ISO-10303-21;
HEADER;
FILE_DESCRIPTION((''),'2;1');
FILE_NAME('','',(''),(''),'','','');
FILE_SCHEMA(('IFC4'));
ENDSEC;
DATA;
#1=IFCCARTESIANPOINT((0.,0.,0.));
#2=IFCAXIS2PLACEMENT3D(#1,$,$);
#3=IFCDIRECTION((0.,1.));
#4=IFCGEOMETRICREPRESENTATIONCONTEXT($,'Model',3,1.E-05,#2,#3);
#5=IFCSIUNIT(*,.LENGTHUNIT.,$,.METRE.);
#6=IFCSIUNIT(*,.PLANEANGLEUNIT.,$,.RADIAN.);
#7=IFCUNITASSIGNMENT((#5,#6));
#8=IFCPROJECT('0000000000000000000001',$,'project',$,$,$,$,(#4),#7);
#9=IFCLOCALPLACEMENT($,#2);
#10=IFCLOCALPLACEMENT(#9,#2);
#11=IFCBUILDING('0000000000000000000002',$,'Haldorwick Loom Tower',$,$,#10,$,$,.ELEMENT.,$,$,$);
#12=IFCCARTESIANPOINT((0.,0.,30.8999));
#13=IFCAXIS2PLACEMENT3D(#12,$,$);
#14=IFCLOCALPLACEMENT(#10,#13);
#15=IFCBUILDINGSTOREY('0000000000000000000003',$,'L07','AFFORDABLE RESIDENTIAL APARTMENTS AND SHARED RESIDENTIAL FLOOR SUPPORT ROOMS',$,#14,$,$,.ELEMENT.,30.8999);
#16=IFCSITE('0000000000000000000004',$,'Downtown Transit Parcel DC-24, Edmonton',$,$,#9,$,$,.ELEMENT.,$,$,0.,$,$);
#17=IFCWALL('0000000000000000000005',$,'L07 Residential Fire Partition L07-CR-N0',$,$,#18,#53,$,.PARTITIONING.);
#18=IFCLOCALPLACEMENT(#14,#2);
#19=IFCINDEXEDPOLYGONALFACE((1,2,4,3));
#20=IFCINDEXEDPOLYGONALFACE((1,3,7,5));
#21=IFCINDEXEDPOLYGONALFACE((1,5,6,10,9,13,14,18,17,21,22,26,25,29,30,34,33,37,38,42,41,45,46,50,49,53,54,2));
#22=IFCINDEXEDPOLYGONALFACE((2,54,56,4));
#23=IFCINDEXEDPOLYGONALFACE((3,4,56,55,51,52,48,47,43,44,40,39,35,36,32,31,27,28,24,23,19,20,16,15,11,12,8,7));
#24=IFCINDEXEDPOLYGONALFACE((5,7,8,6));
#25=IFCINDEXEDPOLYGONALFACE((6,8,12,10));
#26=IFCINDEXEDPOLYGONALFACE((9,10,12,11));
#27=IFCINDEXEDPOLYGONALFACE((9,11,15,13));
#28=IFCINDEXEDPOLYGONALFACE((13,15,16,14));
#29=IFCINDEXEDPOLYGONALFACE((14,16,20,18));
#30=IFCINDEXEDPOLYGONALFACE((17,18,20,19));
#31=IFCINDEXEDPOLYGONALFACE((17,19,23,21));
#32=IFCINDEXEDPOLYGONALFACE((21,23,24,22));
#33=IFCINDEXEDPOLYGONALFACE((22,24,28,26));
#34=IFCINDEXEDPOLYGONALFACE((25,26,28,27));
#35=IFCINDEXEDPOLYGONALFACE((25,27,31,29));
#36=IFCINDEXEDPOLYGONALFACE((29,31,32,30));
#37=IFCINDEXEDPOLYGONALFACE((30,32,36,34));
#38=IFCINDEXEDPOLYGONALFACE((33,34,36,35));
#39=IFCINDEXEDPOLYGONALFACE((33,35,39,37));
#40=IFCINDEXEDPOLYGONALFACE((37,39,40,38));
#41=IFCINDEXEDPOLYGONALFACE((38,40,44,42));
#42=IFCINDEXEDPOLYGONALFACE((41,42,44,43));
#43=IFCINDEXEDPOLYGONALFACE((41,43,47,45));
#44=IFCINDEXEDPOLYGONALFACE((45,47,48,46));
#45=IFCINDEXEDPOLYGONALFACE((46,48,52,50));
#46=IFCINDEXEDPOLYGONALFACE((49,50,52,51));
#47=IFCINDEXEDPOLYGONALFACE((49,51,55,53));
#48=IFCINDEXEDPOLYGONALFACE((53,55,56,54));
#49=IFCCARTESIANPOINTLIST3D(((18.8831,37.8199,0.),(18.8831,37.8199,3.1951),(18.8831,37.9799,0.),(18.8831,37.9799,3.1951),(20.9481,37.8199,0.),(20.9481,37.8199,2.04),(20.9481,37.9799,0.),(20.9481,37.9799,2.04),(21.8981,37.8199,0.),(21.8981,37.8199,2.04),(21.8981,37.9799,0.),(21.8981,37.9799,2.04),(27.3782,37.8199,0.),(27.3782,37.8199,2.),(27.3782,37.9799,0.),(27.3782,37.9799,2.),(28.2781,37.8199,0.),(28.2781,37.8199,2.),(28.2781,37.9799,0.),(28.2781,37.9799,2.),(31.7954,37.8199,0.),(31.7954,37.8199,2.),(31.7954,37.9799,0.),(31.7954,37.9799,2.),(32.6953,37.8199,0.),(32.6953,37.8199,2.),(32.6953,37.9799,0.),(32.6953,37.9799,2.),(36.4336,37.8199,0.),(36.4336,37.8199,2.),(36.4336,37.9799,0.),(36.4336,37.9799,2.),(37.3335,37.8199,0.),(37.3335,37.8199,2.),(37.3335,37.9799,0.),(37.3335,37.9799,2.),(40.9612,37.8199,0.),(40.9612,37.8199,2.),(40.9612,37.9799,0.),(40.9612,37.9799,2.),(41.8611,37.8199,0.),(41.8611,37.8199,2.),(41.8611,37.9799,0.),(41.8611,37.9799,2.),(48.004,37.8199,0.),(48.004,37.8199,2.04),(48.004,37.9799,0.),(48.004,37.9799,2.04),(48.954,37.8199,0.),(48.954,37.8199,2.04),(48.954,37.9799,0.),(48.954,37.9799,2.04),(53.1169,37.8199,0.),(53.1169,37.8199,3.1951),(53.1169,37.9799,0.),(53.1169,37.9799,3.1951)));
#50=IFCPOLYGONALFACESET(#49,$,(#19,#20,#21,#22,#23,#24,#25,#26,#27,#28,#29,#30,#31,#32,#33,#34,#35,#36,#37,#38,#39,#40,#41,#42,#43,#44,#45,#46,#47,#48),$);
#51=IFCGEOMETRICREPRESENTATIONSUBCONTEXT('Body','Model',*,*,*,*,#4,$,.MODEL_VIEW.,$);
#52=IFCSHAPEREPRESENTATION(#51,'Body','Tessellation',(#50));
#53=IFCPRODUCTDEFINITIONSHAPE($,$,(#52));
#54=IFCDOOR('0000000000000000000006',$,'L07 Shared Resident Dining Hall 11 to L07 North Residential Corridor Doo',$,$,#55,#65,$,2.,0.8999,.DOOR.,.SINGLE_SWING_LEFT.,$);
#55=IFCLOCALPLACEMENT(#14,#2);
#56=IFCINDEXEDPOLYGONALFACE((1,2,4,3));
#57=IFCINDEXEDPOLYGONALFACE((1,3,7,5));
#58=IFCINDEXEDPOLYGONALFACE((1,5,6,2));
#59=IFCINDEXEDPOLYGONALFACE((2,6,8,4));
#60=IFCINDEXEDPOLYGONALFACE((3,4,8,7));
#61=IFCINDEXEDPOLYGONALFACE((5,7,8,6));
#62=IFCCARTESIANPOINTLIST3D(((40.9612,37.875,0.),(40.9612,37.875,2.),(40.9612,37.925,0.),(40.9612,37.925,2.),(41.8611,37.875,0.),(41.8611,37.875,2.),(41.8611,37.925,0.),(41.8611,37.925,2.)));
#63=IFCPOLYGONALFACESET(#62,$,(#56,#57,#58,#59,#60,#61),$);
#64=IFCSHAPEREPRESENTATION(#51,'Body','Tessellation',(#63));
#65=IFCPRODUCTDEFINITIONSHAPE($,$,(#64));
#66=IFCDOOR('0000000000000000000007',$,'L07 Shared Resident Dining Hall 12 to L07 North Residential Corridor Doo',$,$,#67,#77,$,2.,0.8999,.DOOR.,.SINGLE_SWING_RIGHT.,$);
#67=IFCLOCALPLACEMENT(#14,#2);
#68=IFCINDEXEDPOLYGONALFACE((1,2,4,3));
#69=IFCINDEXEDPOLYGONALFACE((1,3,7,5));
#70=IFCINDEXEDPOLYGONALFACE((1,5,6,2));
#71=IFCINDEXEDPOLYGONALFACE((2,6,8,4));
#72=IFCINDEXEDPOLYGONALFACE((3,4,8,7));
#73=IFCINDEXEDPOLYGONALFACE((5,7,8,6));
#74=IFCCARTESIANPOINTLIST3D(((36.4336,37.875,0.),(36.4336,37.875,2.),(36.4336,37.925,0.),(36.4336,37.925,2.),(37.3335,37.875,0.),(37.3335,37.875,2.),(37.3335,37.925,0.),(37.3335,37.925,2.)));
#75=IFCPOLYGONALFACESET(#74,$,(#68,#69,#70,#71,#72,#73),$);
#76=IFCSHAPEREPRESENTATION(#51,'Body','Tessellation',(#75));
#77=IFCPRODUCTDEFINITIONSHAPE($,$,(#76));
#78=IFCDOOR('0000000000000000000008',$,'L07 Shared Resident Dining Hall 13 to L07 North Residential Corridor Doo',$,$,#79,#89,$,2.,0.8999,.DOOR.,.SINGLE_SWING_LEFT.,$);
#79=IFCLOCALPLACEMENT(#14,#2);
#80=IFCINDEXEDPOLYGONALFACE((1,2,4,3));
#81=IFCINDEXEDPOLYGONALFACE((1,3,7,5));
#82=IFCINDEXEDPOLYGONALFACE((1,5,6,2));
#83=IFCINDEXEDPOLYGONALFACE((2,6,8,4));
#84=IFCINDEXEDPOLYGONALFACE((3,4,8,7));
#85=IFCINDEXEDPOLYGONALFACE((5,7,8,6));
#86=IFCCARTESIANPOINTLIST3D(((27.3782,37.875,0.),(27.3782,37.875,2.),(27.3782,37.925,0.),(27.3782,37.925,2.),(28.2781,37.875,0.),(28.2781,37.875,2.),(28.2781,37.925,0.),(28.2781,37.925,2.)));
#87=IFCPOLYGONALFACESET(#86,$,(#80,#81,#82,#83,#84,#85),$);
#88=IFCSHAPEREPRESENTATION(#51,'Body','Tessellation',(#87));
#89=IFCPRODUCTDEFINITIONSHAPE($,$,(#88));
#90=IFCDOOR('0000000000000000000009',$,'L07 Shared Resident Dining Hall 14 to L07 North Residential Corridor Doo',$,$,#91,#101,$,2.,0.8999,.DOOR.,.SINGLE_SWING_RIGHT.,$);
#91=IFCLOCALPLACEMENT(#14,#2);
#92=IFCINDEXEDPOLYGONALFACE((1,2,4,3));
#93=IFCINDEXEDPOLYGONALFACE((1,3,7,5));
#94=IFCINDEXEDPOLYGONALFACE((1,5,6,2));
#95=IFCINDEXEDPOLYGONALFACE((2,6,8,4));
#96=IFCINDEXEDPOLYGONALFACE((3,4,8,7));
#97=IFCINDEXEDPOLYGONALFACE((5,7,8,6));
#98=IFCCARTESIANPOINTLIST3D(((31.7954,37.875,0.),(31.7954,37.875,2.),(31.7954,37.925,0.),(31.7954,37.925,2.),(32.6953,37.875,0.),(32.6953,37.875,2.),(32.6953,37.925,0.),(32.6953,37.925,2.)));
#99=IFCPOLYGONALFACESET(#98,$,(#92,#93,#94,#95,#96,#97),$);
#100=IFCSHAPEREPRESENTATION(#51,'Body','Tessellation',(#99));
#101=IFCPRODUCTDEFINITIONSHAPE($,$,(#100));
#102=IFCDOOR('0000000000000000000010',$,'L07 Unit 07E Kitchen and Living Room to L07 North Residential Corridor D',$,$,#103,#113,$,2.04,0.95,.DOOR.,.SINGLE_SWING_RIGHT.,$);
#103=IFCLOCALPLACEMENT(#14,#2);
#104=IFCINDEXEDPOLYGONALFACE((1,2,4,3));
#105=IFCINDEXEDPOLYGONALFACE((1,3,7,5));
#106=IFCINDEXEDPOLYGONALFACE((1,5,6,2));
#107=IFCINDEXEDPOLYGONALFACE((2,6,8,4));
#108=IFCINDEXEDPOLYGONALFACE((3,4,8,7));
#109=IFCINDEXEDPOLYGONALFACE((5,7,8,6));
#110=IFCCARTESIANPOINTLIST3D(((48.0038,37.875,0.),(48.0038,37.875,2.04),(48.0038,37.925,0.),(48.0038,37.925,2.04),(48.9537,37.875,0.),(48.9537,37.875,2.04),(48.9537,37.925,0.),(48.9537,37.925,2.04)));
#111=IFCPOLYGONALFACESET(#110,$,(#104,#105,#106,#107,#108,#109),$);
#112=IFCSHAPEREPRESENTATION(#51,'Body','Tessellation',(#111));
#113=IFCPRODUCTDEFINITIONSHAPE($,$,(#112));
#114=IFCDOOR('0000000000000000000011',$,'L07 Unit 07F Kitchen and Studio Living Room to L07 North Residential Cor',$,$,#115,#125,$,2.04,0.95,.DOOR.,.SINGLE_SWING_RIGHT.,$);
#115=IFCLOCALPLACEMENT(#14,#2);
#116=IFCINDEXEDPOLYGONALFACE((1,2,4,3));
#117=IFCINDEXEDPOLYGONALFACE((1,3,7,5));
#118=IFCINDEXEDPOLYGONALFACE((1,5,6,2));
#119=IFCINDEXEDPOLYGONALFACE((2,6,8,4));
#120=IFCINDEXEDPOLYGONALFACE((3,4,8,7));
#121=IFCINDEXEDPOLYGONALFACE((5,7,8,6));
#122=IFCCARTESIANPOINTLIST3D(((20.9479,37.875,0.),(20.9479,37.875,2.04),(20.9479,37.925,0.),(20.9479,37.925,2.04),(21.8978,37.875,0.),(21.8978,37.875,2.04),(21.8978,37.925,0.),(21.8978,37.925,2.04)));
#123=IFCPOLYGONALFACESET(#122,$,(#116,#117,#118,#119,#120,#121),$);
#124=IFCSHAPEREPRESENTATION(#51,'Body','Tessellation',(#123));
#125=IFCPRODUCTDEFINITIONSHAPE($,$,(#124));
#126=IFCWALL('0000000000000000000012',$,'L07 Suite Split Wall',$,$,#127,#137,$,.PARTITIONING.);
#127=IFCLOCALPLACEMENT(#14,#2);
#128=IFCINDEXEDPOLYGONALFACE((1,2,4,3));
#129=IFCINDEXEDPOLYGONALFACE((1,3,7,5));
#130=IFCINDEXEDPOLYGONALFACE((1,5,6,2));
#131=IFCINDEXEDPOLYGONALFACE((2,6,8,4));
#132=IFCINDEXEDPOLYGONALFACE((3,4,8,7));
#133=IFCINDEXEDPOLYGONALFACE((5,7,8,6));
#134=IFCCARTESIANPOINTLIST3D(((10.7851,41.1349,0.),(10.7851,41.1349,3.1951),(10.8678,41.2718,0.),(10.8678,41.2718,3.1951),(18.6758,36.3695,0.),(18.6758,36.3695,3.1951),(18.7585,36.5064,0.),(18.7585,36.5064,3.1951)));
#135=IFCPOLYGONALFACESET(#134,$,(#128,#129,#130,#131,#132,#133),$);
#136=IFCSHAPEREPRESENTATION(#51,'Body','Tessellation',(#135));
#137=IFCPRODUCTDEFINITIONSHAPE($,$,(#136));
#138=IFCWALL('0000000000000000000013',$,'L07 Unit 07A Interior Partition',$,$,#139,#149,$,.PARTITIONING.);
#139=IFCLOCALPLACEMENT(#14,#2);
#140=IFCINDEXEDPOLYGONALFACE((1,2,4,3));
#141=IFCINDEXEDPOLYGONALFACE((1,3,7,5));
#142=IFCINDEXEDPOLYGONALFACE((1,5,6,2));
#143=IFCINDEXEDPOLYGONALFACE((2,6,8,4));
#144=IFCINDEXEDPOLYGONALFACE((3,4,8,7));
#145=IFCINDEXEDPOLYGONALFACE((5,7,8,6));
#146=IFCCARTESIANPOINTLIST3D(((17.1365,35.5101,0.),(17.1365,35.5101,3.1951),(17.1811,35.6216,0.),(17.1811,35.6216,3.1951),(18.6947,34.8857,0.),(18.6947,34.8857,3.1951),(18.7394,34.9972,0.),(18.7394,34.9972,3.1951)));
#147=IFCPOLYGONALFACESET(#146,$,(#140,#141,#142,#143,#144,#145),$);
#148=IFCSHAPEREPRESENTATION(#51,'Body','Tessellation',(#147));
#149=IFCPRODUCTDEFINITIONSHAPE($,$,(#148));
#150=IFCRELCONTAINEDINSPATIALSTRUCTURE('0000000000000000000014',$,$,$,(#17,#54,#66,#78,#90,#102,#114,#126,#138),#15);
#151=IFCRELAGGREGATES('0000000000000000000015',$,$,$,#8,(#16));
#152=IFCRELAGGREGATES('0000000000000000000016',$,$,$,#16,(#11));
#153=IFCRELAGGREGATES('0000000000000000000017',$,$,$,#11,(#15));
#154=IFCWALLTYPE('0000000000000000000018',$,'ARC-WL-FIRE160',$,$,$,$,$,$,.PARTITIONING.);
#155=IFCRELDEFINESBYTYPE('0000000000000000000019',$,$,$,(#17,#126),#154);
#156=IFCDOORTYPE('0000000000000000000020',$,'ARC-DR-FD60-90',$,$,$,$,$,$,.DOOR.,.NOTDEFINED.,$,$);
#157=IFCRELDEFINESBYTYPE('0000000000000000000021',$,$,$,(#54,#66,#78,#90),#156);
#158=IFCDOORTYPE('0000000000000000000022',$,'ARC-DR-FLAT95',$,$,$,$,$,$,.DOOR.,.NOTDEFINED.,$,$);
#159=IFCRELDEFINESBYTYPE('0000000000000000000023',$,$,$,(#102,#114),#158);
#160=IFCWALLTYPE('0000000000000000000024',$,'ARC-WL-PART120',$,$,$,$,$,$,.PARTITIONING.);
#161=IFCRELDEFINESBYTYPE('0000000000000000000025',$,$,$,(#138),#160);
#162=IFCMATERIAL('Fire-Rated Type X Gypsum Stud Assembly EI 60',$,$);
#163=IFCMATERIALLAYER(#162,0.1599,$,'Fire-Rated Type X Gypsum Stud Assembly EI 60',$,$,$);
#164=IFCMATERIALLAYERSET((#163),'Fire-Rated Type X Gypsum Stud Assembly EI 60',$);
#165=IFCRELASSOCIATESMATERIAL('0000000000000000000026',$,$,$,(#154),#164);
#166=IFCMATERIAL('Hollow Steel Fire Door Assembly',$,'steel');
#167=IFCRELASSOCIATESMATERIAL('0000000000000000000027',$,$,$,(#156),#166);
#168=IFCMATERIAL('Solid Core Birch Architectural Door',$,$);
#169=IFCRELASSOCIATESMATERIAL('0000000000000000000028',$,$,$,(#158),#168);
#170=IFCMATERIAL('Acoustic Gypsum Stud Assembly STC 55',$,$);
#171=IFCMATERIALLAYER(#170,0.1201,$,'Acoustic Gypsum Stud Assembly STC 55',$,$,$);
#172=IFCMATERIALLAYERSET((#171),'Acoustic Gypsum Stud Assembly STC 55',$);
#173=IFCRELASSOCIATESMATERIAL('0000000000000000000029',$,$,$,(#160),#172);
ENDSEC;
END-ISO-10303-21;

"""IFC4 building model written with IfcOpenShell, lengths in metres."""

from ifc_helpers import new_model, si_unit, direction, frame, frame_2d, origin, place, context, subcontext, project, spatial, rectangle, extrude, material, layer, layer_set, type_object, element, fill, save


model = new_model("IFC4")

# Units and contexts
model_context = context("Model", 3, precision=1e-05, world=origin(), true_north=direction((0.0, 1.0)))
body_context = subcontext(model_context, "Body", "Model", "MODEL_VIEW")
ifc_project = project(units=[si_unit("LENGTHUNIT", "METRE"), si_unit("PLANEANGLEUNIT", "RADIAN")], contexts=[model_context])

# Site, building, storey
site_placement = place(None, origin())
site = spatial("IfcSite", under=ifc_project, at=site_placement, Name="Downtown Transit Parcel DC-24, Edmonton", CompositionType="ELEMENT", RefElevation=0.0)
building_placement = place(site_placement, origin())
building = spatial("IfcBuilding", under=site, at=building_placement, Name="Haldorwick Loom Tower", CompositionType="ELEMENT")
storey_placement = place(building_placement, frame((0.0, 0.0, 30.8999)))
storey = spatial("IfcBuildingStorey", under=building, at=storey_placement, Name="L07", Description="AFFORDABLE RESIDENTIAL APARTMENTS AND SHARED RESIDENTIAL FLOOR SUPPORT ROOMS", CompositionType="ELEMENT", Elevation=30.8999)

# Shared definitions
ifc_material_1 = material(Name="Fire-Rated Type X Gypsum Stud Assembly EI 60")
ifc_layer_1 = layer(ifc_material_1, 0.1599, Name="Fire-Rated Type X Gypsum Stud Assembly EI 60")
ifc_layer_set_1 = layer_set([ifc_layer_1], Name="Fire-Rated Type X Gypsum Stud Assembly EI 60")
wall_type_1 = type_object("IfcWallType", Name="ARC-WL-FIRE160", PredefinedType="PARTITIONING", material=ifc_layer_set_1)

# Wall, openings, doors
wall_1_placement = place(storey_placement, frame((18.8831, 37.8999, 0.0), z_axis=(0.0, 0.0, 1.0), x_axis=(1.0, 0.0, 0.0)))
wall_1 = element("IfcWall", 1, at=wall_1_placement, inside=storey, type_object=wall_type_1, Name="L07 Residential Fire Partition L07-CR-N0", PredefinedType="PARTITIONING", context=body_context, shape_type="SweptSolid", body=[
    extrude(rectangle(XDim=34.2339, YDim=0.1599, at=frame_2d((17.1169, 0.0))), origin(), (0.0, 0.0, 1.0), 3.1951),
])
opening_1_placement = place(wall_1_placement, frame((29.1208, 0.0, 0.0)))
opening_1 = element("IfcOpeningElement", 2, at=opening_1_placement, cuts=wall_1, PredefinedType="OPENING", context=body_context, shape_type="SweptSolid", body=[
    extrude(rectangle(XDim=0.95, YDim=2.04, at=frame_2d((0.4751, 1.02))), frame((0.0, 0.0898, 0.0), z_axis=(0.0, -1.0, 0.0), x_axis=(1.0, 0.0, 0.0)), (0.0, 0.0, 1.0), 0.1799),
])
opening_2_placement = place(wall_1_placement, frame((2.0649, 0.0, 0.0)))
opening_2 = element("IfcOpeningElement", 3, at=opening_2_placement, cuts=wall_1, PredefinedType="OPENING", context=body_context, shape_type="SweptSolid", body=[
    extrude(rectangle(XDim=0.95, YDim=2.04, at=frame_2d((0.4751, 1.02))), frame((0.0, 0.0898, 0.0), z_axis=(0.0, -1.0, 0.0), x_axis=(1.0, 0.0, 0.0)), (0.0, 0.0, 1.0), 0.1799),
])
opening_3_placement = place(wall_1_placement, frame((22.0781, 0.0, 0.0)))
opening_3 = element("IfcOpeningElement", 4, at=opening_3_placement, cuts=wall_1, PredefinedType="OPENING", context=body_context, shape_type="SweptSolid", body=[
    extrude(rectangle(XDim=0.8999, YDim=2.0, at=frame_2d((0.45, 1.0))), frame((0.0, 0.0898, 0.0), z_axis=(0.0, -1.0, 0.0), x_axis=(1.0, 0.0, 0.0)), (0.0, 0.0, 1.0), 0.1799),
])
opening_4_placement = place(wall_1_placement, frame((17.5505, 0.0, 0.0)))
opening_4 = element("IfcOpeningElement", 5, at=opening_4_placement, cuts=wall_1, PredefinedType="OPENING", context=body_context, shape_type="SweptSolid", body=[
    extrude(rectangle(XDim=0.8999, YDim=2.0, at=frame_2d((0.45, 1.0))), frame((0.0, 0.0898, 0.0), z_axis=(0.0, -1.0, 0.0), x_axis=(1.0, 0.0, 0.0)), (0.0, 0.0, 1.0), 0.1799),
])
opening_5_placement = place(wall_1_placement, frame((8.4951, 0.0, 0.0)))
opening_5 = element("IfcOpeningElement", 6, at=opening_5_placement, cuts=wall_1, PredefinedType="OPENING", context=body_context, shape_type="SweptSolid", body=[
    extrude(rectangle(XDim=0.8999, YDim=2.0, at=frame_2d((0.45, 1.0))), frame((0.0, 0.0898, 0.0), z_axis=(0.0, -1.0, 0.0), x_axis=(1.0, 0.0, 0.0)), (0.0, 0.0, 1.0), 0.1799),
])
opening_6_placement = place(wall_1_placement, frame((12.9124, 0.0, 0.0)))
opening_6 = element("IfcOpeningElement", 7, at=opening_6_placement, cuts=wall_1, PredefinedType="OPENING", context=body_context, shape_type="SweptSolid", body=[
    extrude(rectangle(XDim=0.8999, YDim=2.0, at=frame_2d((0.45, 1.0))), frame((0.0, 0.0898, 0.0), z_axis=(0.0, -1.0, 0.0), x_axis=(1.0, 0.0, 0.0)), (0.0, 0.0, 1.0), 0.1799),
])
ifc_material_2 = material(Name="Hollow Steel Fire Door Assembly", Category="steel")
door_type_1 = type_object("IfcDoorType", Name="ARC-DR-FD60-90", OperationType="NOTDEFINED", PredefinedType="DOOR", material=ifc_material_2)
door_1_placement = place(opening_3_placement, frame((0.8999, 0.0, 0.0), z_axis=(0.0, 0.0, 1.0), x_axis=(-1.0, 0.0, 0.0)))
door_1 = element("IfcDoor", 8, at=door_1_placement, inside=storey, type_object=door_type_1, Name="L07 Shared Resident Dining Hall 11 to L07 North Residential Corridor Doo", OperationType="SINGLE_SWING_LEFT", OverallHeight=2.0, OverallWidth=0.8999, PredefinedType="DOOR", context=body_context, shape_type="SweptSolid", body=[
    extrude(rectangle(XDim=0.8999, YDim=2.0, at=frame_2d((0.45, 1.0))), frame((0.0, 0.0249, 0.0), z_axis=(0.0, -1.0, 0.0), x_axis=(1.0, 0.0, 0.0)), (0.0, 0.0, 1.0), 0.05),
])
fill(opening_3, door_1)
door_2_placement = place(opening_4_placement, frame((0.8999, 0.0, 0.0), z_axis=(0.0, 0.0, 1.0), x_axis=(-1.0, 0.0, 0.0)))
door_2 = element("IfcDoor", 9, at=door_2_placement, inside=storey, type_object=door_type_1, Name="L07 Shared Resident Dining Hall 12 to L07 North Residential Corridor Doo", OperationType="SINGLE_SWING_RIGHT", OverallHeight=2.0, OverallWidth=0.8999, PredefinedType="DOOR", context=body_context, shape_type="SweptSolid", body=[
    extrude(rectangle(XDim=0.8999, YDim=2.0, at=frame_2d((0.45, 1.0))), frame((0.0, 0.0249, 0.0), z_axis=(0.0, -1.0, 0.0), x_axis=(1.0, 0.0, 0.0)), (0.0, 0.0, 1.0), 0.05),
])
fill(opening_4, door_2)
door_3_placement = place(opening_5_placement, frame((0.8999, 0.0, 0.0), z_axis=(0.0, 0.0, 1.0), x_axis=(-1.0, 0.0, 0.0)))
door_3 = element("IfcDoor", 10, at=door_3_placement, inside=storey, type_object=door_type_1, Name="L07 Shared Resident Dining Hall 13 to L07 North Residential Corridor Doo", OperationType="SINGLE_SWING_LEFT", OverallHeight=2.0, OverallWidth=0.8999, PredefinedType="DOOR", context=body_context, shape_type="SweptSolid", body=[
    extrude(rectangle(XDim=0.8999, YDim=2.0, at=frame_2d((0.45, 1.0))), frame((0.0, 0.0249, 0.0), z_axis=(0.0, -1.0, 0.0), x_axis=(1.0, 0.0, 0.0)), (0.0, 0.0, 1.0), 0.05),
])
fill(opening_5, door_3)
door_4_placement = place(opening_6_placement, frame((0.8999, 0.0, 0.0), z_axis=(0.0, 0.0, 1.0), x_axis=(-1.0, 0.0, 0.0)))
door_4 = element("IfcDoor", 11, at=door_4_placement, inside=storey, type_object=door_type_1, Name="L07 Shared Resident Dining Hall 14 to L07 North Residential Corridor Doo", OperationType="SINGLE_SWING_RIGHT", OverallHeight=2.0, OverallWidth=0.8999, PredefinedType="DOOR", context=body_context, shape_type="SweptSolid", body=[
    extrude(rectangle(XDim=0.8999, YDim=2.0, at=frame_2d((0.45, 1.0))), frame((0.0, 0.0249, 0.0), z_axis=(0.0, -1.0, 0.0), x_axis=(1.0, 0.0, 0.0)), (0.0, 0.0, 1.0), 0.05),
])
fill(opening_6, door_4)
ifc_material_3 = material(Name="Solid Core Birch Architectural Door")
door_type_2 = type_object("IfcDoorType", Name="ARC-DR-FLAT95", OperationType="NOTDEFINED", PredefinedType="DOOR", material=ifc_material_3)
door_5_placement = place(opening_1_placement, frame((0.95, 0.0, 0.0), z_axis=(0.0, 0.0, 1.0), x_axis=(-1.0, 0.0, 0.0)))
door_5 = element("IfcDoor", 12, at=door_5_placement, inside=storey, type_object=door_type_2, Name="L07 Unit 07E Kitchen and Living Room to L07 North Residential Corridor D", OperationType="SINGLE_SWING_RIGHT", OverallHeight=2.04, OverallWidth=0.95, PredefinedType="DOOR", context=body_context, shape_type="SweptSolid", body=[
    extrude(rectangle(XDim=0.95, YDim=2.04, at=frame_2d((0.4751, 1.02))), frame((0.0, 0.0249, 0.0), z_axis=(0.0, -1.0, 0.0), x_axis=(1.0, 0.0, 0.0)), (0.0, 0.0, 1.0), 0.05),
])
fill(opening_1, door_5)
door_6_placement = place(opening_2_placement, frame((0.95, 0.0, 0.0), z_axis=(0.0, 0.0, 1.0), x_axis=(-1.0, 0.0, 0.0)))
door_6 = element("IfcDoor", 13, at=door_6_placement, inside=storey, type_object=door_type_2, Name="L07 Unit 07F Kitchen and Studio Living Room to L07 North Residential Cor", OperationType="SINGLE_SWING_RIGHT", OverallHeight=2.04, OverallWidth=0.95, PredefinedType="DOOR", context=body_context, shape_type="SweptSolid", body=[
    extrude(rectangle(XDim=0.95, YDim=2.04, at=frame_2d((0.4751, 1.02))), frame((0.0, 0.0249, 0.0), z_axis=(0.0, -1.0, 0.0), x_axis=(1.0, 0.0, 0.0)), (0.0, 0.0, 1.0), 0.05),
])
fill(opening_2, door_6)

# Walls
wall_2_placement = place(storey_placement, frame((18.717, 36.438, 0.0), z_axis=(0.0, 0.0, 1.0), x_axis=(-0.856005, 0.516967, 0.0)))
element("IfcWall", 14, at=wall_2_placement, inside=storey, type_object=wall_type_1, Name="L07 Suite Split Wall", PredefinedType="PARTITIONING", context=body_context, shape_type="SweptSolid", body=[
    extrude(rectangle(XDim=9.218, YDim=0.1599, at=frame_2d((4.6089, 0.0))), origin(), (0.0, 0.0, 1.0), 3.1951),
])
ifc_material_4 = material(Name="Acoustic Gypsum Stud Assembly STC 55")
ifc_layer_2 = layer(ifc_material_4, 0.1201, Name="Acoustic Gypsum Stud Assembly STC 55")
ifc_layer_set_2 = layer_set([ifc_layer_2], Name="Acoustic Gypsum Stud Assembly STC 55")
wall_type_2 = type_object("IfcWallType", Name="ARC-WL-PART120", PredefinedType="PARTITIONING", material=ifc_layer_set_2)
wall_3_placement = place(storey_placement, frame((18.717, 34.9414, 0.0), z_axis=(0.0, 0.0, 1.0), x_axis=(-0.928236, 0.371992, 0.0)))
element("IfcWall", 15, at=wall_3_placement, inside=storey, type_object=wall_type_2, Name="L07 Unit 07A Interior Partition", PredefinedType="PARTITIONING", context=body_context, shape_type="SweptSolid", body=[
    extrude(rectangle(XDim=1.6787, YDim=0.1201, at=frame_2d((0.8394, 0.0))), origin(), (0.0, 0.0, 1.0), 3.1951),
])

save(model, "model.ifc")
